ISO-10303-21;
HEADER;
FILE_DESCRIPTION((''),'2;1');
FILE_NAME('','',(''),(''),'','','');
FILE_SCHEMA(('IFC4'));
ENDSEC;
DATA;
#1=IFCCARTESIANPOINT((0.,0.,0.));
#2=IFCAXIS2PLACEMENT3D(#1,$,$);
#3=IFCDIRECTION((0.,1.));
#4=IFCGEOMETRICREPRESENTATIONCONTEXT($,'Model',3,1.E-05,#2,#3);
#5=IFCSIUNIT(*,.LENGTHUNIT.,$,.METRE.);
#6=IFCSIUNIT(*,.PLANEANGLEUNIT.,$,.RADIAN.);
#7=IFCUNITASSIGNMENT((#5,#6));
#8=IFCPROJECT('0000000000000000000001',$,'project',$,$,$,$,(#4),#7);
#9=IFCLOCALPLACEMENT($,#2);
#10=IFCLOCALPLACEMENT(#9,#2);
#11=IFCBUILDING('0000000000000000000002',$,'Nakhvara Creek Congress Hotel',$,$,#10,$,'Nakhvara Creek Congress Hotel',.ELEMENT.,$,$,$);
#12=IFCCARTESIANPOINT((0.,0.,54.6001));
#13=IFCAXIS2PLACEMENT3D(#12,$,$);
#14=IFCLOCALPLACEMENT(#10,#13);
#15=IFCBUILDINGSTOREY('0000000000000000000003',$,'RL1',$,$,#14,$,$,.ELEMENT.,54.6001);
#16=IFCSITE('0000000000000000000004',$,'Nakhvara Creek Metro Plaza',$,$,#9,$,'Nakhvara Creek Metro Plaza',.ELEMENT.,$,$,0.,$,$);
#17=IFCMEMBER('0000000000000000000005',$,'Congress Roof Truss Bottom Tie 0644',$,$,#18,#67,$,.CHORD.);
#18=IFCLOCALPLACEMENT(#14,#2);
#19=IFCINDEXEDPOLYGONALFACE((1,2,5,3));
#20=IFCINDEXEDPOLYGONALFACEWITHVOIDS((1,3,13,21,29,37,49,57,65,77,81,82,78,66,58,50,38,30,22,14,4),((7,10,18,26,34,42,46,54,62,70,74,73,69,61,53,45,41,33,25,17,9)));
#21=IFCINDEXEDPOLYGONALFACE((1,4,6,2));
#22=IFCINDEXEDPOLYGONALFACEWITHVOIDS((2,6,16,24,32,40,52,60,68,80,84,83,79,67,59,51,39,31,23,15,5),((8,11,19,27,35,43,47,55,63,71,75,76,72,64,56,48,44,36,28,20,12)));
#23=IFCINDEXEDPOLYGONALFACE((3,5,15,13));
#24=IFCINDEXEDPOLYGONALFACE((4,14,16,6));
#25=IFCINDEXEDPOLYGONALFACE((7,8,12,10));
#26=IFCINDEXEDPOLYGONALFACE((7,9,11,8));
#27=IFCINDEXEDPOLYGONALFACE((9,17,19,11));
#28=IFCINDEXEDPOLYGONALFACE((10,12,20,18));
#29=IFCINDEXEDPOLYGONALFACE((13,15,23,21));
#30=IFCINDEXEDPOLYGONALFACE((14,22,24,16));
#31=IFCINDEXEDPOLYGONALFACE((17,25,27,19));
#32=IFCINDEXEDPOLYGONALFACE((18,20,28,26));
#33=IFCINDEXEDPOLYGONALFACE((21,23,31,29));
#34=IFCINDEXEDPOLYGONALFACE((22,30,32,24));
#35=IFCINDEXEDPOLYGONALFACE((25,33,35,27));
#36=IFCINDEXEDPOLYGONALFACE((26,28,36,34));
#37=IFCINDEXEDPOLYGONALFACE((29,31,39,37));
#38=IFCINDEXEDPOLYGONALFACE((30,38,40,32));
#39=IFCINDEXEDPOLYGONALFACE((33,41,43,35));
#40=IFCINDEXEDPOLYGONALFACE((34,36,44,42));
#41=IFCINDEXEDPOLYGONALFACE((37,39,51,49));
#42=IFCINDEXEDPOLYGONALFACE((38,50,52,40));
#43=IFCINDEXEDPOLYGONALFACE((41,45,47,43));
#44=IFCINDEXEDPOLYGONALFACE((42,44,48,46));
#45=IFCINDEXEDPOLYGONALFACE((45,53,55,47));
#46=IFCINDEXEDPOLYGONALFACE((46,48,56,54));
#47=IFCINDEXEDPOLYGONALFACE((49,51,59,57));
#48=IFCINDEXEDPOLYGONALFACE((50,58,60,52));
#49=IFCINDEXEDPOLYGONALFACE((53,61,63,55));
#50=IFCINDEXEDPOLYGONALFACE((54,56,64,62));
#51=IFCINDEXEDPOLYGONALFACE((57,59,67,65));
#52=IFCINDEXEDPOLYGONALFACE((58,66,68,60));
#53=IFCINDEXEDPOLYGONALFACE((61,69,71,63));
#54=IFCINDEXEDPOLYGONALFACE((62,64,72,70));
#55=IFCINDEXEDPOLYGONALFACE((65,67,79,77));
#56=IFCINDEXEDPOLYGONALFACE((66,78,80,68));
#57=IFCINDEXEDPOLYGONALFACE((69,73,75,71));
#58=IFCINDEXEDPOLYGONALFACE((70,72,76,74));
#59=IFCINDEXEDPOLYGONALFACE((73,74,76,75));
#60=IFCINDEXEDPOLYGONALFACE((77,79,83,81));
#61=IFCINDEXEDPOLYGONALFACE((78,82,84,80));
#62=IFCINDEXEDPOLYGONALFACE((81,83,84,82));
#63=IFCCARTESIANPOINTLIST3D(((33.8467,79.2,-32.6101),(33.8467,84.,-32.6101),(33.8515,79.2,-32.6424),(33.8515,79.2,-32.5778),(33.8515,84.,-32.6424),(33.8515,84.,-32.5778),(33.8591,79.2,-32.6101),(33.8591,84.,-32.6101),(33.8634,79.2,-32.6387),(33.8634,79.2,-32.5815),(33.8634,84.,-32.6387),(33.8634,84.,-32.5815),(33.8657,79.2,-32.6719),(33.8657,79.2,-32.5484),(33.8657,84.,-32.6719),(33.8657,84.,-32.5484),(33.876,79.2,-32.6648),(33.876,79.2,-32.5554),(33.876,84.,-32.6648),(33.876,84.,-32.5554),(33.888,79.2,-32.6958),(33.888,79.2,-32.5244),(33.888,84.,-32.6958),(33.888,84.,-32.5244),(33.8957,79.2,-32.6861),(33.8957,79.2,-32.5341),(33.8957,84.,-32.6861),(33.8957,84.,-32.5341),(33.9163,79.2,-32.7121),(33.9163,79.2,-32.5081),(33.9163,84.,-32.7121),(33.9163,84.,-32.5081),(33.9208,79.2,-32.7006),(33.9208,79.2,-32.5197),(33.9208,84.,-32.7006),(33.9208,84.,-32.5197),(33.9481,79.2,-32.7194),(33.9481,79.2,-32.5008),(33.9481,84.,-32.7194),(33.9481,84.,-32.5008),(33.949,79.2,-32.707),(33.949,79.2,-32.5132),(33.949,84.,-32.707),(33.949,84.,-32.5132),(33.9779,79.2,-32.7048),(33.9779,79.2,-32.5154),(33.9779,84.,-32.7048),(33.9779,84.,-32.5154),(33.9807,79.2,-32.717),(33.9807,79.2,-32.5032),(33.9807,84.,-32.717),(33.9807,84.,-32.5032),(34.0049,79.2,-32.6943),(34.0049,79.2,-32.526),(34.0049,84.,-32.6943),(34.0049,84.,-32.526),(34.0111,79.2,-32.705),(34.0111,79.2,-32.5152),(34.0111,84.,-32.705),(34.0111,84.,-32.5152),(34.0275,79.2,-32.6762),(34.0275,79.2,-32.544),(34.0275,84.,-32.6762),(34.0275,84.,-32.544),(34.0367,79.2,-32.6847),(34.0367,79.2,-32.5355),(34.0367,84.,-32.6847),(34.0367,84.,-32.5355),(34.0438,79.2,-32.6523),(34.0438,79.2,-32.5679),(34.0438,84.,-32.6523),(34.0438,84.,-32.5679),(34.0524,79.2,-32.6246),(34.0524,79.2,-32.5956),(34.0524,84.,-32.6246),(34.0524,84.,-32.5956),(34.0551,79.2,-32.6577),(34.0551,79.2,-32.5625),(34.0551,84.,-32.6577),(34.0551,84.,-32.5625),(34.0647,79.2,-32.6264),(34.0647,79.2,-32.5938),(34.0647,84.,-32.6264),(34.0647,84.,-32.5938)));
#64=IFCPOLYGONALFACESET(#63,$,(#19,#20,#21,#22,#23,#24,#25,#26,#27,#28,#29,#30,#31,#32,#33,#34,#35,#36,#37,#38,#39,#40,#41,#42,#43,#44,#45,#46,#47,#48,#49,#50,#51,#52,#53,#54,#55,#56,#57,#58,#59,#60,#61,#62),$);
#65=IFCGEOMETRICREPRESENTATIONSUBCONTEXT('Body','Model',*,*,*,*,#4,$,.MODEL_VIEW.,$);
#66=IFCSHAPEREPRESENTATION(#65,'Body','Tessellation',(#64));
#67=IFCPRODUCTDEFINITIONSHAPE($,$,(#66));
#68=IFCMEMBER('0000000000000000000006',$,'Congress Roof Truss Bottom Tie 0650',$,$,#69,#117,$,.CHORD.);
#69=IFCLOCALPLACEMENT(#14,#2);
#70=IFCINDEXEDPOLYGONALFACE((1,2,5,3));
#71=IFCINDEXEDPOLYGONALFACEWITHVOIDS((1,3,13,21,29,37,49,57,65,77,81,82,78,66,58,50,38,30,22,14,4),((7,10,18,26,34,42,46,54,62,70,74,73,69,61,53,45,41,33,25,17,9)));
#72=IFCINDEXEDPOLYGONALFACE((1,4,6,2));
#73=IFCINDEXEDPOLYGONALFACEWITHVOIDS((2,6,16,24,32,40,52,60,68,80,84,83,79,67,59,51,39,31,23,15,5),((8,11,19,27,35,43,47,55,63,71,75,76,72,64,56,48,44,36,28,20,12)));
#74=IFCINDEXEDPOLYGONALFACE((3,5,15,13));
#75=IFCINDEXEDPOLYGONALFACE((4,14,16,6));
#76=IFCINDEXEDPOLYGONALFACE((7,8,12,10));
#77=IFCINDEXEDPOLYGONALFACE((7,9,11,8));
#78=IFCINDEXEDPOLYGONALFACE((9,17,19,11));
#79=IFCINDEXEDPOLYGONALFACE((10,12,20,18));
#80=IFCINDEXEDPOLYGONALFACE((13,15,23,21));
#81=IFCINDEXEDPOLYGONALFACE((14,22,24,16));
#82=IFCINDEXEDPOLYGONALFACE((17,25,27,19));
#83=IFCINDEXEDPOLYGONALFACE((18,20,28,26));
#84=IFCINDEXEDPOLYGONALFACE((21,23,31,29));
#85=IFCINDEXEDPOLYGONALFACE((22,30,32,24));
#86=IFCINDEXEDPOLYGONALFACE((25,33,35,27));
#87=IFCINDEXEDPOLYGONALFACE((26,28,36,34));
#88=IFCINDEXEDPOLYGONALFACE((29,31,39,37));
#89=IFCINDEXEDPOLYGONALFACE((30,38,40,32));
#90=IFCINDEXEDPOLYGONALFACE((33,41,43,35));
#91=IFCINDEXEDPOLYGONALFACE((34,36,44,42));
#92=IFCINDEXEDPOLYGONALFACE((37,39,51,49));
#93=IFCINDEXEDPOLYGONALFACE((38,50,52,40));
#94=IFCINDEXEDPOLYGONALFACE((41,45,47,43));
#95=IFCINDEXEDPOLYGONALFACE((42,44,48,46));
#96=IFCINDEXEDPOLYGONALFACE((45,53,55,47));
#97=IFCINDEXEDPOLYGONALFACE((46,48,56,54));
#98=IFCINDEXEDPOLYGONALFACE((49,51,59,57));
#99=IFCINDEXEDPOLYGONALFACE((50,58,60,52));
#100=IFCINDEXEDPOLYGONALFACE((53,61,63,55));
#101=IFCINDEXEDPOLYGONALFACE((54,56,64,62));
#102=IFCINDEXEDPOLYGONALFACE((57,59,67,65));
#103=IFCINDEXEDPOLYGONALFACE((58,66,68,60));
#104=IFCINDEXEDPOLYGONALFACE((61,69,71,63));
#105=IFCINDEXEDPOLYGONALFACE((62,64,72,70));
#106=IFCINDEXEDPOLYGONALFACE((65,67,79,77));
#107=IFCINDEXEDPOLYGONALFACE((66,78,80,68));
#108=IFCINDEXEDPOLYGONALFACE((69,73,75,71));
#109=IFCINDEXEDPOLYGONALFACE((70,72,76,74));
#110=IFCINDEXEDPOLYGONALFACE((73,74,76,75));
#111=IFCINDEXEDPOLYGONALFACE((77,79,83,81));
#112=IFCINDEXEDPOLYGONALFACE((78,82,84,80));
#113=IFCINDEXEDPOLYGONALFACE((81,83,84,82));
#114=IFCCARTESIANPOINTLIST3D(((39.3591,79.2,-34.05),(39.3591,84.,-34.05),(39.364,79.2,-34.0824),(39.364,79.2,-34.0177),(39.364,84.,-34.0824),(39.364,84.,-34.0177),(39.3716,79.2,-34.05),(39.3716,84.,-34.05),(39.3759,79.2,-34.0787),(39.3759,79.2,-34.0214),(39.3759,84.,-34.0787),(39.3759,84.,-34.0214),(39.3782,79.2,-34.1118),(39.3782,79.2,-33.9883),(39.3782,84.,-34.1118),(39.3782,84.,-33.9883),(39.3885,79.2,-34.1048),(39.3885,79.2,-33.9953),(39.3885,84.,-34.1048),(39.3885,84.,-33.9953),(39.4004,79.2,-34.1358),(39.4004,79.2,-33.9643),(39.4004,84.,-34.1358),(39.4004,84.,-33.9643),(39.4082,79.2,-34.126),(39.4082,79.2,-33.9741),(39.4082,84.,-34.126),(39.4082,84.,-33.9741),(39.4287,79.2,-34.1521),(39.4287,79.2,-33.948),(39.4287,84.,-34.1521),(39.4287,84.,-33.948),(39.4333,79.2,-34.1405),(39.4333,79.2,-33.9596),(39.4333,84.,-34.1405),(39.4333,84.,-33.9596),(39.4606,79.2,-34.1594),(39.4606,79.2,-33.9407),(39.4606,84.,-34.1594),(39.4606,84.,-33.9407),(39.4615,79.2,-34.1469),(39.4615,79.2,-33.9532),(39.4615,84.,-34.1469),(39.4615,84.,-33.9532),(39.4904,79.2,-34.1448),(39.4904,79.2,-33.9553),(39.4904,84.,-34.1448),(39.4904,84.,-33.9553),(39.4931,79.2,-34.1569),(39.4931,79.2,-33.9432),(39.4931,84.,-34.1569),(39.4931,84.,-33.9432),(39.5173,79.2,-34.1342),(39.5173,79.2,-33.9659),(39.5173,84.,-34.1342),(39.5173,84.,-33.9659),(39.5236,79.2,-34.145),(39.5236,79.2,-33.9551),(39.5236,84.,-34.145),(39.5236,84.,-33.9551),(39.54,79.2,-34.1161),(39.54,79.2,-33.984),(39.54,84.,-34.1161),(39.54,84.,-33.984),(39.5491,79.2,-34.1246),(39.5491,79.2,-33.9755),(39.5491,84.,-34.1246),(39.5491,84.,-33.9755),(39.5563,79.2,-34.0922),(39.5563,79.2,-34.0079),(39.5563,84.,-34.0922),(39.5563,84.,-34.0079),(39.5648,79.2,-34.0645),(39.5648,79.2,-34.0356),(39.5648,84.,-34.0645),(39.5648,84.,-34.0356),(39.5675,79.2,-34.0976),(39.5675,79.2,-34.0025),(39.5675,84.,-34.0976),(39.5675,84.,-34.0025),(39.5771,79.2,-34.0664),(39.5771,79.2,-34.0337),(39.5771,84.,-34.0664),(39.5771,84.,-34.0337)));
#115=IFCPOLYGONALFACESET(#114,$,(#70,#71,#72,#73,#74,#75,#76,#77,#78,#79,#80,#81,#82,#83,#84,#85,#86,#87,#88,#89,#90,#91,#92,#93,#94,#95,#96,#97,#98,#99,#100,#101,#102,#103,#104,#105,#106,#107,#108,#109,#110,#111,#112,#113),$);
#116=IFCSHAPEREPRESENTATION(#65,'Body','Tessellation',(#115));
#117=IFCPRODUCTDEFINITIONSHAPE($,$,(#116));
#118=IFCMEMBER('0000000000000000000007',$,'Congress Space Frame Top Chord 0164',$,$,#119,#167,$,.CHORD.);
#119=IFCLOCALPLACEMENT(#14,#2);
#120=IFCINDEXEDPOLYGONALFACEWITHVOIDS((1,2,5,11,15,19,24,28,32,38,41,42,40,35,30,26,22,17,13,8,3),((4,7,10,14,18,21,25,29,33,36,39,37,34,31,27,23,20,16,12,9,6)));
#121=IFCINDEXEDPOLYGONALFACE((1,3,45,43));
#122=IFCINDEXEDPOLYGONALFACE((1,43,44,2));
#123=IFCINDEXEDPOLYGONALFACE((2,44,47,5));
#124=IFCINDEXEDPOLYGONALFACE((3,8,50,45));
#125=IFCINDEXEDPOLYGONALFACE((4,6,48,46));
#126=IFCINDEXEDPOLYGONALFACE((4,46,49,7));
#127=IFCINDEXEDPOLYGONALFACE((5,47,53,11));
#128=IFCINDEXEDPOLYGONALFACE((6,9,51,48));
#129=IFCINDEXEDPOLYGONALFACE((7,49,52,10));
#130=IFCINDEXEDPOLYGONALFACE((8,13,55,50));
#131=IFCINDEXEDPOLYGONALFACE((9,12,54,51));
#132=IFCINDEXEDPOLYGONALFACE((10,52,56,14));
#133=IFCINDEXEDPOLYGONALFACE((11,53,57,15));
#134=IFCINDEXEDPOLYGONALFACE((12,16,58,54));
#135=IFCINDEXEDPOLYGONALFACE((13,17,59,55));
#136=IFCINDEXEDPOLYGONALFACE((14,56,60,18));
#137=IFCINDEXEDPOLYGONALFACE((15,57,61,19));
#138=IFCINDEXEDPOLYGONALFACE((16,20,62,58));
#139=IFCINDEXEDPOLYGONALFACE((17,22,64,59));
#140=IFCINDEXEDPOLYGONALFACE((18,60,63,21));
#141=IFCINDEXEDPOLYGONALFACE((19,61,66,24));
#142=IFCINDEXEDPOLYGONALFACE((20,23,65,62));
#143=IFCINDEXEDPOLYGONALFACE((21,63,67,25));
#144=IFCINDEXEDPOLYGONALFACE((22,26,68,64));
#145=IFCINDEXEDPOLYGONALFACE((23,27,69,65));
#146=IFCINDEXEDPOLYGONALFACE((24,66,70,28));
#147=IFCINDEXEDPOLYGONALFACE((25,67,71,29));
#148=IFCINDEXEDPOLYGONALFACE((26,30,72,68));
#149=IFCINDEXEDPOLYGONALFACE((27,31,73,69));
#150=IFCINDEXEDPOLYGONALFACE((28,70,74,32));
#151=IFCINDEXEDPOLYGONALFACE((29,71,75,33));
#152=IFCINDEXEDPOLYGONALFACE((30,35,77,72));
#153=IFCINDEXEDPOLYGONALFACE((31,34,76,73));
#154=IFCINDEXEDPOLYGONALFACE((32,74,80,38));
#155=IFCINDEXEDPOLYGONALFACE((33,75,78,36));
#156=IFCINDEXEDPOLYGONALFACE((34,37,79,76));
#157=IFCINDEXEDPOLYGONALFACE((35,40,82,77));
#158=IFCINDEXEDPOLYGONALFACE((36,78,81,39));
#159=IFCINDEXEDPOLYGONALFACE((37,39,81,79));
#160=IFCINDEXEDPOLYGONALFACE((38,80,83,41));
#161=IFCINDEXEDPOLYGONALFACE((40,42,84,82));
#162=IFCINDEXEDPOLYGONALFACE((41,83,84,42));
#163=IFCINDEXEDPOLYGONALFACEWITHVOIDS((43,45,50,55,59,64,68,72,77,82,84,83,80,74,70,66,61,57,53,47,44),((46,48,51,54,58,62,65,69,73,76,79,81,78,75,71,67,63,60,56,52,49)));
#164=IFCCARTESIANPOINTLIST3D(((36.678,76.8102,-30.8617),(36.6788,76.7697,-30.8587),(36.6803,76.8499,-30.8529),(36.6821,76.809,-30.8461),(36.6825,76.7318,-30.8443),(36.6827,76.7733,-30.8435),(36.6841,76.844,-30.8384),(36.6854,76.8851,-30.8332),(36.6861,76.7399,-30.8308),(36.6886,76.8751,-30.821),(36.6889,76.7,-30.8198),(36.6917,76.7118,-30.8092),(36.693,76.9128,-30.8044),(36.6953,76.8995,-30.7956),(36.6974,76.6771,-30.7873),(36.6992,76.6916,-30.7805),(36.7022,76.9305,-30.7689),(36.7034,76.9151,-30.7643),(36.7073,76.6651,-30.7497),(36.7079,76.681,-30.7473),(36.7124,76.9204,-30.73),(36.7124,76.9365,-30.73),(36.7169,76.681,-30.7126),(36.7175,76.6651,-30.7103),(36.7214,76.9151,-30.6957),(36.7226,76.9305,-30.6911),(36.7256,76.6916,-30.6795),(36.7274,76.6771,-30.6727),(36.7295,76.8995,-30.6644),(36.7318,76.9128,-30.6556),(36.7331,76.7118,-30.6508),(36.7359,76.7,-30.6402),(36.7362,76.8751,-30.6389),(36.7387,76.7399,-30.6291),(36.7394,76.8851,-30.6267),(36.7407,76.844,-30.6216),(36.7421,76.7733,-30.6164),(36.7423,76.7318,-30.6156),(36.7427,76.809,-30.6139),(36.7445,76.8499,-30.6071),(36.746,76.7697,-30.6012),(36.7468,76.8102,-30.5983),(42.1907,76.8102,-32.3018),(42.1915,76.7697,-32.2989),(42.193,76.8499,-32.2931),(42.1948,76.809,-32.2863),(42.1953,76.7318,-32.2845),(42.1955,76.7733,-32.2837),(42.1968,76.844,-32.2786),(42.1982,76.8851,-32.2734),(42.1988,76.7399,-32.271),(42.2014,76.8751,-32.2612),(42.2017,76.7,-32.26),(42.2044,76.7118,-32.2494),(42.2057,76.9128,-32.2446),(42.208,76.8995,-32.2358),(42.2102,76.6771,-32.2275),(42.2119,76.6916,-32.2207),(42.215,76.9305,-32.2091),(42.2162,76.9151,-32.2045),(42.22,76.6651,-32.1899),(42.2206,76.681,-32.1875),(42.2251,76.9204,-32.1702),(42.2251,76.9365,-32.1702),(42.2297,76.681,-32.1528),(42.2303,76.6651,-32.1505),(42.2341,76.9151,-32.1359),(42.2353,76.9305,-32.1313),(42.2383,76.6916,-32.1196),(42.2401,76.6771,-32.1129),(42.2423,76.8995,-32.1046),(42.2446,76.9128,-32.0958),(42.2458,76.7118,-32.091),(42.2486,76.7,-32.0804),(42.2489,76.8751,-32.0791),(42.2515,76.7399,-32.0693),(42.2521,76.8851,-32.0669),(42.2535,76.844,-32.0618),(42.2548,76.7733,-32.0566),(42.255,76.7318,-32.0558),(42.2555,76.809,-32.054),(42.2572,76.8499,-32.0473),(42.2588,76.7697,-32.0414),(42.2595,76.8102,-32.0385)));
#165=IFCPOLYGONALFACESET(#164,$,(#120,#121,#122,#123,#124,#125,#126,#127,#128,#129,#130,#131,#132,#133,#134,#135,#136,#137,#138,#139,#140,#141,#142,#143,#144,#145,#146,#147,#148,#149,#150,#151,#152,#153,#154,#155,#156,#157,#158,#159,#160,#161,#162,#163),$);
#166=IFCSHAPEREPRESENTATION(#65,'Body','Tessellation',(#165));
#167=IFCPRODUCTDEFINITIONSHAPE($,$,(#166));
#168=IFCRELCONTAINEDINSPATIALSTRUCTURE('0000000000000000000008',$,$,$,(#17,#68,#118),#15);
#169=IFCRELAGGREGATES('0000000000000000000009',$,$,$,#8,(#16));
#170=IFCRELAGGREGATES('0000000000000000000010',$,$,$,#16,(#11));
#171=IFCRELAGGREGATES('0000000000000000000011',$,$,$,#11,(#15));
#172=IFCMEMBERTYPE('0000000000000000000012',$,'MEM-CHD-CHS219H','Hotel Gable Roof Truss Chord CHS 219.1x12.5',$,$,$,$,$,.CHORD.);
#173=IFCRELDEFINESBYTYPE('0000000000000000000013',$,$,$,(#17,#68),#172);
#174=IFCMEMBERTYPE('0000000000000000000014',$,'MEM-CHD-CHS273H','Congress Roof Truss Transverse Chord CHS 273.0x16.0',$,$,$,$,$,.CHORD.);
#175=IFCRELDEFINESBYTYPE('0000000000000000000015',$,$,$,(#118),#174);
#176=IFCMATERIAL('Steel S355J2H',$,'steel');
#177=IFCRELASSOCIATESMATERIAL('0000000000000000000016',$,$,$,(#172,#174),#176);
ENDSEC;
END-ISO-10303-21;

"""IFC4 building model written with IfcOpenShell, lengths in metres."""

from ifc_helpers import new_model, si_unit, direction, frame, origin, origin_2d, place, context, subcontext, project, spatial, hollow_circle, extrude, material, material_profile, profile_set, type_object, element, save


model = new_model("IFC4")

# Units and contexts
model_context = context("Model", 3, precision=1e-05, world=origin(), true_north=direction((0.0, 1.0)))
body_context = subcontext(model_context, "Body", "Model", "MODEL_VIEW")
ifc_project = project(units=[si_unit("LENGTHUNIT", "METRE"), si_unit("PLANEANGLEUNIT", "RADIAN")], contexts=[model_context])

# Site, building, storey
site_placement = place(None, origin())
site = spatial("IfcSite", under=ifc_project, at=site_placement, Name="Nakhvara Creek Metro Plaza", LongName="Nakhvara Creek Metro Plaza", CompositionType="ELEMENT", RefElevation=0.0)
building_placement = place(site_placement, origin())
building = spatial("IfcBuilding", under=site, at=building_placement, Name="Nakhvara Creek Congress Hotel", LongName="Nakhvara Creek Congress Hotel", CompositionType="ELEMENT")
storey_placement = place(building_placement, frame((0.0, 0.0, 54.6001)))
storey = spatial("IfcBuildingStorey", under=building, at=storey_placement, Name="RL1", CompositionType="ELEMENT", Elevation=54.6001)

# Members
ifc_material_1 = material(Name="Steel S355J2H", Category="steel")
ifc_material_profile_1 = material_profile(ifc_material_1, hollow_circle(Radius=0.1096, WallThickness=0.0125, at=origin_2d()), Name="CHS 219.1x12.5", Category="LoadBearing")
ifc_profile_set_1 = profile_set([ifc_material_profile_1], Name="Steel S355J2H")
member_type_1 = type_object("IfcMemberType", Name="MEM-CHD-CHS219H", Description="Hotel Gable Roof Truss Chord CHS 219.1x12.5", PredefinedType="CHORD", material=ifc_profile_set_1)
for number, where, z_axis, x_axis, name in (
    (1, (33.9563, 79.2, -32.6101), (0.0, 1.0, 0.0), (-1.0, 0.0, 0.0), "Congress Roof Truss Bottom Tie 0644"),
    (2, (39.4688, 79.2, -34.05), (0.0, 1.0, 0.0), (-1.0, 0.0, 0.0), "Congress Roof Truss Bottom Tie 0650"),
):
    element("IfcMember", number, at=place(storey_placement, frame(where, z_axis=z_axis, x_axis=x_axis)), inside=storey, type_object=member_type_1, Name=name, PredefinedType="CHORD", context=body_context, shape_type="SweptSolid", body=[
        extrude(hollow_circle(Radius=0.1096, WallThickness=0.0125, at=origin_2d()), origin(), (0.0, 0.0, 1.0), 4.8),
    ])
ifc_material_profile_2 = material_profile(ifc_material_1, hollow_circle(Radius=0.1365, WallThickness=0.0161, at=origin_2d()), Name="CHS 273.0x16.0", Category="LoadBearing")
ifc_profile_set_2 = profile_set([ifc_material_profile_2], Name="Steel S355J2H")
member_type_2 = type_object("IfcMemberType", Name="MEM-CHD-CHS273H", Description="Congress Roof Truss Transverse Chord CHS 273.0x16.0", PredefinedType="CHORD", material=ifc_profile_set_2)
member_1_placement = place(storey_placement, frame((36.7124, 76.8, -30.73), z_axis=(0.967528, 0.0, -0.252766), x_axis=(0.0, 1.0, 0.0)))
element("IfcMember", 3, at=member_1_placement, inside=storey, type_object=member_type_2, Name="Congress Space Frame Top Chord 0164", PredefinedType="CHORD", context=body_context, shape_type="SweptSolid", body=[
    extrude(hollow_circle(Radius=0.1365, WallThickness=0.0161, at=origin_2d()), origin(), (0.0, 0.0, 1.0), 5.6978),
])

save(model, "model.ifc")
